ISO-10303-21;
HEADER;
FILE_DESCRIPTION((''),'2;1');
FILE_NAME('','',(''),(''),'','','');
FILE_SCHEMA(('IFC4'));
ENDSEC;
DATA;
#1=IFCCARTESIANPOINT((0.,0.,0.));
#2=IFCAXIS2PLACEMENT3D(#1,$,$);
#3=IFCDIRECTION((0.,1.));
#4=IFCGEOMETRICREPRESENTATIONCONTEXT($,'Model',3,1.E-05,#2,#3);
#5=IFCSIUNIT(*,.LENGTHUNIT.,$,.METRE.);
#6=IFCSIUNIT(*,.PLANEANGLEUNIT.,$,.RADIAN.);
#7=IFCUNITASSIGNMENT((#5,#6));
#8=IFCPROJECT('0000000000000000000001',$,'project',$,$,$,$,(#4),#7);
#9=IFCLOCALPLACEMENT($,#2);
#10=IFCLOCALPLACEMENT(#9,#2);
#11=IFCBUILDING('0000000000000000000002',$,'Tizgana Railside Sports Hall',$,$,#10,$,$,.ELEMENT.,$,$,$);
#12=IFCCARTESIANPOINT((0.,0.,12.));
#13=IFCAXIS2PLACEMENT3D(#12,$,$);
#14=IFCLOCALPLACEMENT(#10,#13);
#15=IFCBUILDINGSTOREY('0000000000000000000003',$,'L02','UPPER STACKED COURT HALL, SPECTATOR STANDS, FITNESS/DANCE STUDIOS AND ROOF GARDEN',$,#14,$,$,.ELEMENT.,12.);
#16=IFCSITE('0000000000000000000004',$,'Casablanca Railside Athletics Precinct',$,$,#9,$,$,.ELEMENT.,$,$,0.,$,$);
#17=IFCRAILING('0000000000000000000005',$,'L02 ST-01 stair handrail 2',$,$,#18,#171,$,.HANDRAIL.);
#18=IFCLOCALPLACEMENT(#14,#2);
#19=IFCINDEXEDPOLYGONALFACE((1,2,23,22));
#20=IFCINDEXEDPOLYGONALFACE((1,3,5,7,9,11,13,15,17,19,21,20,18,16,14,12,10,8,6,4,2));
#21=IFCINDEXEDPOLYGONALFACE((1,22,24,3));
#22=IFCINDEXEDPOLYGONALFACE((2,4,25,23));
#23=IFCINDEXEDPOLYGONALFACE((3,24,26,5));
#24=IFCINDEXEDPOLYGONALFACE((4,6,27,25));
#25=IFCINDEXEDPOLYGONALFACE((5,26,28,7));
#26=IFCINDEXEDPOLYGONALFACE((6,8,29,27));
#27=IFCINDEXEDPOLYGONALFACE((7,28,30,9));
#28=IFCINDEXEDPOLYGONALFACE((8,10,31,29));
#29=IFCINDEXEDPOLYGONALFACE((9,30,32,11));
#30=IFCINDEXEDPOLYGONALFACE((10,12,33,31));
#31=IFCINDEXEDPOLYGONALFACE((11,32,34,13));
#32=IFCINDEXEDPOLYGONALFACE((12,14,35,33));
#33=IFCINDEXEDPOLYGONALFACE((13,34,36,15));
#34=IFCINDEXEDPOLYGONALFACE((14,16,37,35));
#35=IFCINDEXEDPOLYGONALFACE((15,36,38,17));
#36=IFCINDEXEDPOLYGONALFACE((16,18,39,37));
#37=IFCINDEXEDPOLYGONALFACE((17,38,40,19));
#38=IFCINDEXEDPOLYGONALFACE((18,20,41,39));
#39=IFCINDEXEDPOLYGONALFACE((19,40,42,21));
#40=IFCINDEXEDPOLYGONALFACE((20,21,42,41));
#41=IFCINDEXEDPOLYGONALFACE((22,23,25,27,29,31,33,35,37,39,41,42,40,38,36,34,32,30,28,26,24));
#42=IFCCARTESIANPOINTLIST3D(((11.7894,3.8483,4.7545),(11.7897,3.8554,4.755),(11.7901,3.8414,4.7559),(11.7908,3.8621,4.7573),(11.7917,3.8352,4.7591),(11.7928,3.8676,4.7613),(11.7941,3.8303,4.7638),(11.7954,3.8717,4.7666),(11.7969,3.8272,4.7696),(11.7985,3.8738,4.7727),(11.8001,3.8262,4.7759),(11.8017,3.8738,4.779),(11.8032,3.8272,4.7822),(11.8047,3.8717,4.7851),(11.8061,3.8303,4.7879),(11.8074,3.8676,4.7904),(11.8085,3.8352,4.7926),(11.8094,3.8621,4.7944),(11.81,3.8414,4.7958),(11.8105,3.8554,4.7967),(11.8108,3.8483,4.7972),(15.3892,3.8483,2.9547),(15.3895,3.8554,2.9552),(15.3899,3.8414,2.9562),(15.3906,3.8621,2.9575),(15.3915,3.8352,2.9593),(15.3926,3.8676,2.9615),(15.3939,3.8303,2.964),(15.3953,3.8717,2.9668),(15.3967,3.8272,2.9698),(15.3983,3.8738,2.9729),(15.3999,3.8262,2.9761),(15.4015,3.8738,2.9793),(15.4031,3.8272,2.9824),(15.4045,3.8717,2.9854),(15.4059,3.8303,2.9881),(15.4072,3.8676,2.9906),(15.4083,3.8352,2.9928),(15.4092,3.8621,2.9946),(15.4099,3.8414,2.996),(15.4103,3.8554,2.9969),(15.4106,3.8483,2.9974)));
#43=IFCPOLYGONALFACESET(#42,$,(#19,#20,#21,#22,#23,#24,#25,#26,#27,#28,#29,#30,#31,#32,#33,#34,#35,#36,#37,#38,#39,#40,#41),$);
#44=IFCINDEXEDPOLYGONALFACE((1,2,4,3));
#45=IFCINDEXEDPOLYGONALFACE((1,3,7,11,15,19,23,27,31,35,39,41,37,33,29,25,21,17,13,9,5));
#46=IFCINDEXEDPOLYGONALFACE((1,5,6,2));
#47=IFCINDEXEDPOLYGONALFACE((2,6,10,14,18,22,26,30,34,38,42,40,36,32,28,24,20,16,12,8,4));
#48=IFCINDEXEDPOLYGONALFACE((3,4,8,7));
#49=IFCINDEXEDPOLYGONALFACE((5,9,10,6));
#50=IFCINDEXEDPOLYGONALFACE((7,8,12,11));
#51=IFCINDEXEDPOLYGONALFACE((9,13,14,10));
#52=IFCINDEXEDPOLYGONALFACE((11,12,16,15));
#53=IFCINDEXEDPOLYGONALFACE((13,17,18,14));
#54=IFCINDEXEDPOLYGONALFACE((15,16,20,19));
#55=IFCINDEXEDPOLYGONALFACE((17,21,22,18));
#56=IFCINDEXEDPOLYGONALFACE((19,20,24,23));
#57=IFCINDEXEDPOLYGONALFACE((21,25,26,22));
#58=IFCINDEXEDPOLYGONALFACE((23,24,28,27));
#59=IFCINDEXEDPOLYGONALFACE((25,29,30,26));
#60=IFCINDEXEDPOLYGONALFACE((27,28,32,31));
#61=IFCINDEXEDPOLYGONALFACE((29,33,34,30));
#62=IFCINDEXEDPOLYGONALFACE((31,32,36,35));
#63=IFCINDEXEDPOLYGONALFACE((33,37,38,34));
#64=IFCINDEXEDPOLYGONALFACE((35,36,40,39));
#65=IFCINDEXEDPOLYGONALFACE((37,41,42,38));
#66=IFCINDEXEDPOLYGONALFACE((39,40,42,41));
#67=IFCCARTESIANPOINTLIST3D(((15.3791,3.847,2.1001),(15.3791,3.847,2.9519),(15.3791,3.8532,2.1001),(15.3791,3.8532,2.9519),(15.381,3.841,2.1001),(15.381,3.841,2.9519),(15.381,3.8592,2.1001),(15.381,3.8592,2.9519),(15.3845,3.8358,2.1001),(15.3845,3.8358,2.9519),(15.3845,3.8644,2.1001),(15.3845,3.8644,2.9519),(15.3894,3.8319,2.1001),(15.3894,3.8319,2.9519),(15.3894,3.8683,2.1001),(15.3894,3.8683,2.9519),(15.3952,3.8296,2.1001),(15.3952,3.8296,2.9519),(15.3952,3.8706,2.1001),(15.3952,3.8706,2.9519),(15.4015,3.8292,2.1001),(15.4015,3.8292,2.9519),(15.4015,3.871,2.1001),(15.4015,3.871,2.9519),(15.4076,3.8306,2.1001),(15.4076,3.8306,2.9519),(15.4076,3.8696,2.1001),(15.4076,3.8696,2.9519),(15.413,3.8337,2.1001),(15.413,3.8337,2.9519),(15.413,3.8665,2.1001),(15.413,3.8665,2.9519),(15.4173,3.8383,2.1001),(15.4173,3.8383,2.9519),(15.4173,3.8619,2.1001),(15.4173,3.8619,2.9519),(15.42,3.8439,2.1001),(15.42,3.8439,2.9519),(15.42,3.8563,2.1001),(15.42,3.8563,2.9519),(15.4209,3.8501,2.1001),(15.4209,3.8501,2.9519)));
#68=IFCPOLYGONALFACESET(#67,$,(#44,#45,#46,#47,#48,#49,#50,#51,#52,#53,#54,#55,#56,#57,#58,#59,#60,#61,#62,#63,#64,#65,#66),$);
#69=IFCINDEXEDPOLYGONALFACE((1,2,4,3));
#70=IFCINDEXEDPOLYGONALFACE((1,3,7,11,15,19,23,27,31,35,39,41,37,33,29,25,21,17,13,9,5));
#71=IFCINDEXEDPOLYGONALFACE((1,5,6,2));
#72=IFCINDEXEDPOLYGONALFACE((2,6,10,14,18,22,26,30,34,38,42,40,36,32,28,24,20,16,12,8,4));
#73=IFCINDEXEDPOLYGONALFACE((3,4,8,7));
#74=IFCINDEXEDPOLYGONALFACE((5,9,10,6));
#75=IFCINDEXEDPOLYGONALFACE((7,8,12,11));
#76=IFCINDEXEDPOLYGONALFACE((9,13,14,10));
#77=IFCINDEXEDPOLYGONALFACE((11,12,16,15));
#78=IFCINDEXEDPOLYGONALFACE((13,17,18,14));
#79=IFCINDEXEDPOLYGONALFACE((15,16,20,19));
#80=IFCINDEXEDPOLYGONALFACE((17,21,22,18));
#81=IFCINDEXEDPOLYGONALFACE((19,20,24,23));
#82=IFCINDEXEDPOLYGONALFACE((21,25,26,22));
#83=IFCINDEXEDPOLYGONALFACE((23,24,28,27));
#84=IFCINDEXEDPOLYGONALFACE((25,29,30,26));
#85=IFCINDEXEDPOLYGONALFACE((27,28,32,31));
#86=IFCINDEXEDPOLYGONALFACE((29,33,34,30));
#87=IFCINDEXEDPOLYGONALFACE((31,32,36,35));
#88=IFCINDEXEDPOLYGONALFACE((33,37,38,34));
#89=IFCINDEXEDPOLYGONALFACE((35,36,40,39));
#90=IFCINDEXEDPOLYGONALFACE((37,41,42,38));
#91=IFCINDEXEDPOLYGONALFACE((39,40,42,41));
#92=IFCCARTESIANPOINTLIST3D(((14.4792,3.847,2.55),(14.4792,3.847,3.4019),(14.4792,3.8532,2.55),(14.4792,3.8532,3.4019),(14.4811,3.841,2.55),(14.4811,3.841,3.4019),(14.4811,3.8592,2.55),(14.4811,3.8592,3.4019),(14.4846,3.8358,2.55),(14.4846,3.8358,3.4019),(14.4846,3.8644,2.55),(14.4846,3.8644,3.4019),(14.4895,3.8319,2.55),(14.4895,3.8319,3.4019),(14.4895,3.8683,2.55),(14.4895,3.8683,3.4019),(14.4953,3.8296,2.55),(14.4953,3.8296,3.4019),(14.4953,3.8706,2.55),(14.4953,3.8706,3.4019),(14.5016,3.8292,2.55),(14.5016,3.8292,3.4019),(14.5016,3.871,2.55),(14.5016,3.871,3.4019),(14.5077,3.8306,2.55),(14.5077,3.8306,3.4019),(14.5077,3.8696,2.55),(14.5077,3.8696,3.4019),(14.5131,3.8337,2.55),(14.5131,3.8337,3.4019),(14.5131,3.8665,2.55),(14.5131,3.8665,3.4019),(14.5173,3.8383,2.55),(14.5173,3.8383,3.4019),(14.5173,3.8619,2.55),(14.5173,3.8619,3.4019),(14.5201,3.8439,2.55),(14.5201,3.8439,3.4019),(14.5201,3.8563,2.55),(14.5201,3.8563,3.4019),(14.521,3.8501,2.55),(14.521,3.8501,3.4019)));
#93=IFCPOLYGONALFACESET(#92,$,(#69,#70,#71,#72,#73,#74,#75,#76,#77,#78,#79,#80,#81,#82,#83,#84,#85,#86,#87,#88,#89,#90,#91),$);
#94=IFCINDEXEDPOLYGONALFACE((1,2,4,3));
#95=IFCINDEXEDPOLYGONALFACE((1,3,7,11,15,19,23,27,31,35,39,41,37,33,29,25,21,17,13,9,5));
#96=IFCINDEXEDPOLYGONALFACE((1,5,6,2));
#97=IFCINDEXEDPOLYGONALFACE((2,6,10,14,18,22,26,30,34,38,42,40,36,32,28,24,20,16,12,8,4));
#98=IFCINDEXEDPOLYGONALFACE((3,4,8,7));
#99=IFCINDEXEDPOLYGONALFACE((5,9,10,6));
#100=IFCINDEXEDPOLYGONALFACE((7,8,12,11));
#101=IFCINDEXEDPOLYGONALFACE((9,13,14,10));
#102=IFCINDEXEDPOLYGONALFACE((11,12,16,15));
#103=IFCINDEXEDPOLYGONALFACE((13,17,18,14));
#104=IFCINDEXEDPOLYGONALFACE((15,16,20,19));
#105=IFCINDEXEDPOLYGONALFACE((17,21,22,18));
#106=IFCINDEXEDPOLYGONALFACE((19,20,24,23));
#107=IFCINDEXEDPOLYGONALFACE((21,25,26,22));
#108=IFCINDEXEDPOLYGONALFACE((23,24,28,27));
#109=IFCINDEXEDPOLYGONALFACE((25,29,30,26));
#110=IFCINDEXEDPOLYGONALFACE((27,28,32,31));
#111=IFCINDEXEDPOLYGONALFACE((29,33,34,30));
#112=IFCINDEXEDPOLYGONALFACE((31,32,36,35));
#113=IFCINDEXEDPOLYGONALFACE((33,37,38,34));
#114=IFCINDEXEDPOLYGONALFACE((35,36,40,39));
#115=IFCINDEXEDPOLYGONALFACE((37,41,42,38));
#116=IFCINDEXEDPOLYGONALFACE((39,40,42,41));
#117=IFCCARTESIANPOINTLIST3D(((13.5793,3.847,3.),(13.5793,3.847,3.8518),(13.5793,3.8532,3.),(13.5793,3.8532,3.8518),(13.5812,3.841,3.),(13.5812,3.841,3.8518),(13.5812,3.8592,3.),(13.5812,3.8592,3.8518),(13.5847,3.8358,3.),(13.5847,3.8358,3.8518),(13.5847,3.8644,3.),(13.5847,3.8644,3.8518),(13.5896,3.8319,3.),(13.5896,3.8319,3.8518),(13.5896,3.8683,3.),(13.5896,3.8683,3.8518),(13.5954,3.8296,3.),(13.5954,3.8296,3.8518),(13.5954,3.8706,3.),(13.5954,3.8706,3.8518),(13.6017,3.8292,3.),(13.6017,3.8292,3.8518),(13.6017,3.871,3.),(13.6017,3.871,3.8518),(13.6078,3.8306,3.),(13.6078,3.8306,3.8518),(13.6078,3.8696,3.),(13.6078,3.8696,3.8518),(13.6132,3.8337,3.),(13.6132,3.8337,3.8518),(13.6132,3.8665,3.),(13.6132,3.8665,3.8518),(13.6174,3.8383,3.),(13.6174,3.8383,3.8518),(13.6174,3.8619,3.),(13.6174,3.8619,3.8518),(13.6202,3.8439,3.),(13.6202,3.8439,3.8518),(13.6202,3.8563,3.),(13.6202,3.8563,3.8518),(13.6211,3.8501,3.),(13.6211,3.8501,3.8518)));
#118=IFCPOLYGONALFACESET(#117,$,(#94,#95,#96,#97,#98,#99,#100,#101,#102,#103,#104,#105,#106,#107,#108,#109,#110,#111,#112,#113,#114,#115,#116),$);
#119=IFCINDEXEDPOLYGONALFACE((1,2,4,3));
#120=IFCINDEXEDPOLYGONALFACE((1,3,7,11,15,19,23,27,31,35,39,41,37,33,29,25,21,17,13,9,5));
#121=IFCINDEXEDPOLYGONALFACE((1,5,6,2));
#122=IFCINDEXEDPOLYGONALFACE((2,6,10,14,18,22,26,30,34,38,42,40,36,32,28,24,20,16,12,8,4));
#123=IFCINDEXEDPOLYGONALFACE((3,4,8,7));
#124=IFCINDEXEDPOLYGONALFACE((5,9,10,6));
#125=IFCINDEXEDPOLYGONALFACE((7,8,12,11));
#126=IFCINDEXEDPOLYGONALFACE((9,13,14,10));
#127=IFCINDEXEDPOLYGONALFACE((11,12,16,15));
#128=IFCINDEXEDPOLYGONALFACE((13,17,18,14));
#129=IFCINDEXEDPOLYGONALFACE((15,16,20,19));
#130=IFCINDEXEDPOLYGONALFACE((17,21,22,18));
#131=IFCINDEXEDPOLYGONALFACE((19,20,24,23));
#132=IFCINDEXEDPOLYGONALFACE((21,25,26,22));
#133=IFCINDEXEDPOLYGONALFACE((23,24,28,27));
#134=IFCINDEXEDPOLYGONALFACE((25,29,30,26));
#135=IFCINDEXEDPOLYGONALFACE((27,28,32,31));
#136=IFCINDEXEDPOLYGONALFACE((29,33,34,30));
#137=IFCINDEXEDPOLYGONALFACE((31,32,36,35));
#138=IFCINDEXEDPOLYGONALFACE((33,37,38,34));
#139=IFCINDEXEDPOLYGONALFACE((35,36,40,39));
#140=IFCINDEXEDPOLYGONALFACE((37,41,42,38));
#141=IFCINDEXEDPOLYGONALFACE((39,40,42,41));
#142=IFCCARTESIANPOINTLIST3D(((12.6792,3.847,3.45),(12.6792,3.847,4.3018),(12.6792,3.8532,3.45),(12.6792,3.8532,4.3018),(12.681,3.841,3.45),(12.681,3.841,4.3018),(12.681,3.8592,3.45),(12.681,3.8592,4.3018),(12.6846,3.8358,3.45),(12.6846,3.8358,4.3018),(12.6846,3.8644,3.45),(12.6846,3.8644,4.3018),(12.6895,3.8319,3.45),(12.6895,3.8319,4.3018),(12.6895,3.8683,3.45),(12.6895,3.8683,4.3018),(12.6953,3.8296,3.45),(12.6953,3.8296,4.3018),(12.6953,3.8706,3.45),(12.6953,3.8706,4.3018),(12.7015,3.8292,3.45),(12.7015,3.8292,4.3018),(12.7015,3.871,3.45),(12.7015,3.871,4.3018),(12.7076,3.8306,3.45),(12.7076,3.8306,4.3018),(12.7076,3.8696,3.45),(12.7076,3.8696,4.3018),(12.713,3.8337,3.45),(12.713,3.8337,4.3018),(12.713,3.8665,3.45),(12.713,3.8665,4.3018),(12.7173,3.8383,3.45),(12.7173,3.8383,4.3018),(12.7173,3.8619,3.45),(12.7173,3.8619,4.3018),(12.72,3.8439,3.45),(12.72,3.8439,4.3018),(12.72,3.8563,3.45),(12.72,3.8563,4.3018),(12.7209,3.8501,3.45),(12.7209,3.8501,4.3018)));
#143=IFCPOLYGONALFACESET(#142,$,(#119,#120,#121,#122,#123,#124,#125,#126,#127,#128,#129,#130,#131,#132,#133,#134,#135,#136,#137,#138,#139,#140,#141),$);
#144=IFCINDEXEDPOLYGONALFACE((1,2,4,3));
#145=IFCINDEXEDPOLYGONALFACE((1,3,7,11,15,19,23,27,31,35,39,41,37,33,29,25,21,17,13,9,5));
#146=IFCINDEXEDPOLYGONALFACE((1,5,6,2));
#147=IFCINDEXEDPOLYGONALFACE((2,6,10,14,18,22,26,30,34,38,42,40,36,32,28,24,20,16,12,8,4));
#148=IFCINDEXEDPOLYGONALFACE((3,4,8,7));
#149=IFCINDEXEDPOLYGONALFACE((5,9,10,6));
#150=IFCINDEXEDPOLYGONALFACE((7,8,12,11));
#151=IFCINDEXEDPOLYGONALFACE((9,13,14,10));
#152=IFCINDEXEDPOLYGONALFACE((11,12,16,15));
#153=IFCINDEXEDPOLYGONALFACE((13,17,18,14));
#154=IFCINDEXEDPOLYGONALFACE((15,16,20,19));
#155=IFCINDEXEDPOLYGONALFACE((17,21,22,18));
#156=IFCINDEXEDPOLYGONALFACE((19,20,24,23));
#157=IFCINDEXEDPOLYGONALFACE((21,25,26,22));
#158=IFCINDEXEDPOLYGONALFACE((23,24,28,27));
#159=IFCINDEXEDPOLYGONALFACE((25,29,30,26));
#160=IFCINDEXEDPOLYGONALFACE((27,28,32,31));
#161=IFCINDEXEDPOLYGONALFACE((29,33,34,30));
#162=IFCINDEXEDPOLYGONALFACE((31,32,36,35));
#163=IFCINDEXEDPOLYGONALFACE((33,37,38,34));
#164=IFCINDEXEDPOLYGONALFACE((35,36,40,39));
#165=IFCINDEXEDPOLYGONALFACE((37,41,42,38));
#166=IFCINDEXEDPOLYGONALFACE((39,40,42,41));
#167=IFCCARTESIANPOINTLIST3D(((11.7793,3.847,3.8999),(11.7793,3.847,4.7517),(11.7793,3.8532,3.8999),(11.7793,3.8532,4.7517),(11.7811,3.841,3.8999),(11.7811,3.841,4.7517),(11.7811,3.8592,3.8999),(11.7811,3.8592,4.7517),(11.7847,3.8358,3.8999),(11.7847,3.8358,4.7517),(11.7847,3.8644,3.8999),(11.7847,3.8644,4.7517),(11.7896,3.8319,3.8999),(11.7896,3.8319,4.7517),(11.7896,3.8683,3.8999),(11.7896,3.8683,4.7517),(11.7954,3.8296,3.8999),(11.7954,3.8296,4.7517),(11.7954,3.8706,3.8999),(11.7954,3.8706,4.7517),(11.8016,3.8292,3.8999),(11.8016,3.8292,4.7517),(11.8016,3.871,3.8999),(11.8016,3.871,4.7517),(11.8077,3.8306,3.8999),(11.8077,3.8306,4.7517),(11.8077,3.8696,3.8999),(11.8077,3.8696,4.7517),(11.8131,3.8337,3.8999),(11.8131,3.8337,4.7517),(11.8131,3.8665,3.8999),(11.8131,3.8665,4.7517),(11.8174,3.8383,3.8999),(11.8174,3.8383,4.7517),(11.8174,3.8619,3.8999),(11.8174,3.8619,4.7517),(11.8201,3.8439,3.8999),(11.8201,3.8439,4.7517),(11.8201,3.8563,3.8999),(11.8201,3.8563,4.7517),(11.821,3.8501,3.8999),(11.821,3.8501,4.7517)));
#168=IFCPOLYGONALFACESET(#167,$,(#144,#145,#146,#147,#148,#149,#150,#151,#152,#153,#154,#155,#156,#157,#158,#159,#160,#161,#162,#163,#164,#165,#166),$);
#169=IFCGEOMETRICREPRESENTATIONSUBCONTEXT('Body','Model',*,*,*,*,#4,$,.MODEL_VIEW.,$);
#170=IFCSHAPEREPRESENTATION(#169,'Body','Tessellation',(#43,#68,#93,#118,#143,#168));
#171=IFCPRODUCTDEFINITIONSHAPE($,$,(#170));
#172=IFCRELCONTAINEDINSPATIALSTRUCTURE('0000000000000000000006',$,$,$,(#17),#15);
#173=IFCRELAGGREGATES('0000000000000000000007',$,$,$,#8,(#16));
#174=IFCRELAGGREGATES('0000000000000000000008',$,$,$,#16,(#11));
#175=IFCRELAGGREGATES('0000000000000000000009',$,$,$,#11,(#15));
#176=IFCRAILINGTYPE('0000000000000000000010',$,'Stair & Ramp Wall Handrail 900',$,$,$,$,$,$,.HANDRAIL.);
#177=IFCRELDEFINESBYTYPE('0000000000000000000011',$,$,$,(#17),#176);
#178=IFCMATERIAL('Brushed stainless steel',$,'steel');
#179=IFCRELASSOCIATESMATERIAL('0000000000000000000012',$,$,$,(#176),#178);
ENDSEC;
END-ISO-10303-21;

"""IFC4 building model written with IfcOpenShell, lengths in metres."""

from ifc_helpers import new_model, si_unit, direction, frame, origin, origin_2d, place, context, subcontext, project, spatial, circle, extrude, material, type_object, element, save


model = new_model("IFC4")

# Units and contexts
model_context = context("Model", 3, precision=1e-05, world=origin(), true_north=direction((0.0, 1.0)))
body_context = subcontext(model_context, "Body", "Model", "MODEL_VIEW")
ifc_project = project(units=[si_unit("LENGTHUNIT", "METRE"), si_unit("PLANEANGLEUNIT", "RADIAN")], contexts=[model_context])

# Site, building, storey
site_placement = place(None, origin())
site = spatial("IfcSite", under=ifc_project, at=site_placement, Name="Casablanca Railside Athletics Precinct", CompositionType="ELEMENT", RefElevation=0.0)
building_placement = place(site_placement, origin())
building = spatial("IfcBuilding", under=site, at=building_placement, Name="Tizgana Railside Sports Hall", CompositionType="ELEMENT")
storey_placement = place(building_placement, frame((0.0, 0.0, 12.0)))
storey = spatial("IfcBuildingStorey", under=building, at=storey_placement, Name="L02", Description="UPPER STACKED COURT HALL, SPECTATOR STANDS, FITNESS/DANCE STUDIOS AND ROOF GARDEN", CompositionType="ELEMENT", Elevation=12.0)

# Railing
ifc_material_1 = material(Name="Brushed stainless steel", Category="steel")
railing_type_1 = type_object("IfcRailingType", Name="Stair & Ramp Wall Handrail 900", PredefinedType="HANDRAIL", material=ifc_material_1)
railing_1_placement = place(storey_placement, frame((15.3999, 3.8501, 2.1001)))
element("IfcRailing", 1, at=railing_1_placement, inside=storey, type_object=railing_type_1, Name="L02 ST-01 stair handrail 2", PredefinedType="HANDRAIL", context=body_context, shape_type="SweptSolid", body=[
    extrude(circle(Radius=0.0239, at=origin_2d()), frame((0.0, 0.0, 0.876), z_axis=(-0.894439, 0.0, 0.447189), x_axis=(0.0, -1.0, 0.0)), (0.0, 0.0, 1.0), 4.0247),
    extrude(circle(Radius=0.021, at=origin_2d()), origin(), (0.0, 0.0, 1.0), 0.8518),
    extrude(circle(Radius=0.021, at=origin_2d()), frame((-0.8999, 0.0, 0.45)), (0.0, 0.0, 1.0), 0.8518),
    extrude(circle(Radius=0.021, at=origin_2d()), frame((-1.7998, 0.0, 0.8999)), (0.0, 0.0, 1.0), 0.8518),
    extrude(circle(Radius=0.021, at=origin_2d()), frame((-2.7, 0.0, 1.3499)), (0.0, 0.0, 1.0), 0.8518),
    extrude(circle(Radius=0.021, at=origin_2d()), frame((-3.5999, 0.0, 1.7998)), (0.0, 0.0, 1.0), 0.8518),
])

save(model, "model.ifc")
